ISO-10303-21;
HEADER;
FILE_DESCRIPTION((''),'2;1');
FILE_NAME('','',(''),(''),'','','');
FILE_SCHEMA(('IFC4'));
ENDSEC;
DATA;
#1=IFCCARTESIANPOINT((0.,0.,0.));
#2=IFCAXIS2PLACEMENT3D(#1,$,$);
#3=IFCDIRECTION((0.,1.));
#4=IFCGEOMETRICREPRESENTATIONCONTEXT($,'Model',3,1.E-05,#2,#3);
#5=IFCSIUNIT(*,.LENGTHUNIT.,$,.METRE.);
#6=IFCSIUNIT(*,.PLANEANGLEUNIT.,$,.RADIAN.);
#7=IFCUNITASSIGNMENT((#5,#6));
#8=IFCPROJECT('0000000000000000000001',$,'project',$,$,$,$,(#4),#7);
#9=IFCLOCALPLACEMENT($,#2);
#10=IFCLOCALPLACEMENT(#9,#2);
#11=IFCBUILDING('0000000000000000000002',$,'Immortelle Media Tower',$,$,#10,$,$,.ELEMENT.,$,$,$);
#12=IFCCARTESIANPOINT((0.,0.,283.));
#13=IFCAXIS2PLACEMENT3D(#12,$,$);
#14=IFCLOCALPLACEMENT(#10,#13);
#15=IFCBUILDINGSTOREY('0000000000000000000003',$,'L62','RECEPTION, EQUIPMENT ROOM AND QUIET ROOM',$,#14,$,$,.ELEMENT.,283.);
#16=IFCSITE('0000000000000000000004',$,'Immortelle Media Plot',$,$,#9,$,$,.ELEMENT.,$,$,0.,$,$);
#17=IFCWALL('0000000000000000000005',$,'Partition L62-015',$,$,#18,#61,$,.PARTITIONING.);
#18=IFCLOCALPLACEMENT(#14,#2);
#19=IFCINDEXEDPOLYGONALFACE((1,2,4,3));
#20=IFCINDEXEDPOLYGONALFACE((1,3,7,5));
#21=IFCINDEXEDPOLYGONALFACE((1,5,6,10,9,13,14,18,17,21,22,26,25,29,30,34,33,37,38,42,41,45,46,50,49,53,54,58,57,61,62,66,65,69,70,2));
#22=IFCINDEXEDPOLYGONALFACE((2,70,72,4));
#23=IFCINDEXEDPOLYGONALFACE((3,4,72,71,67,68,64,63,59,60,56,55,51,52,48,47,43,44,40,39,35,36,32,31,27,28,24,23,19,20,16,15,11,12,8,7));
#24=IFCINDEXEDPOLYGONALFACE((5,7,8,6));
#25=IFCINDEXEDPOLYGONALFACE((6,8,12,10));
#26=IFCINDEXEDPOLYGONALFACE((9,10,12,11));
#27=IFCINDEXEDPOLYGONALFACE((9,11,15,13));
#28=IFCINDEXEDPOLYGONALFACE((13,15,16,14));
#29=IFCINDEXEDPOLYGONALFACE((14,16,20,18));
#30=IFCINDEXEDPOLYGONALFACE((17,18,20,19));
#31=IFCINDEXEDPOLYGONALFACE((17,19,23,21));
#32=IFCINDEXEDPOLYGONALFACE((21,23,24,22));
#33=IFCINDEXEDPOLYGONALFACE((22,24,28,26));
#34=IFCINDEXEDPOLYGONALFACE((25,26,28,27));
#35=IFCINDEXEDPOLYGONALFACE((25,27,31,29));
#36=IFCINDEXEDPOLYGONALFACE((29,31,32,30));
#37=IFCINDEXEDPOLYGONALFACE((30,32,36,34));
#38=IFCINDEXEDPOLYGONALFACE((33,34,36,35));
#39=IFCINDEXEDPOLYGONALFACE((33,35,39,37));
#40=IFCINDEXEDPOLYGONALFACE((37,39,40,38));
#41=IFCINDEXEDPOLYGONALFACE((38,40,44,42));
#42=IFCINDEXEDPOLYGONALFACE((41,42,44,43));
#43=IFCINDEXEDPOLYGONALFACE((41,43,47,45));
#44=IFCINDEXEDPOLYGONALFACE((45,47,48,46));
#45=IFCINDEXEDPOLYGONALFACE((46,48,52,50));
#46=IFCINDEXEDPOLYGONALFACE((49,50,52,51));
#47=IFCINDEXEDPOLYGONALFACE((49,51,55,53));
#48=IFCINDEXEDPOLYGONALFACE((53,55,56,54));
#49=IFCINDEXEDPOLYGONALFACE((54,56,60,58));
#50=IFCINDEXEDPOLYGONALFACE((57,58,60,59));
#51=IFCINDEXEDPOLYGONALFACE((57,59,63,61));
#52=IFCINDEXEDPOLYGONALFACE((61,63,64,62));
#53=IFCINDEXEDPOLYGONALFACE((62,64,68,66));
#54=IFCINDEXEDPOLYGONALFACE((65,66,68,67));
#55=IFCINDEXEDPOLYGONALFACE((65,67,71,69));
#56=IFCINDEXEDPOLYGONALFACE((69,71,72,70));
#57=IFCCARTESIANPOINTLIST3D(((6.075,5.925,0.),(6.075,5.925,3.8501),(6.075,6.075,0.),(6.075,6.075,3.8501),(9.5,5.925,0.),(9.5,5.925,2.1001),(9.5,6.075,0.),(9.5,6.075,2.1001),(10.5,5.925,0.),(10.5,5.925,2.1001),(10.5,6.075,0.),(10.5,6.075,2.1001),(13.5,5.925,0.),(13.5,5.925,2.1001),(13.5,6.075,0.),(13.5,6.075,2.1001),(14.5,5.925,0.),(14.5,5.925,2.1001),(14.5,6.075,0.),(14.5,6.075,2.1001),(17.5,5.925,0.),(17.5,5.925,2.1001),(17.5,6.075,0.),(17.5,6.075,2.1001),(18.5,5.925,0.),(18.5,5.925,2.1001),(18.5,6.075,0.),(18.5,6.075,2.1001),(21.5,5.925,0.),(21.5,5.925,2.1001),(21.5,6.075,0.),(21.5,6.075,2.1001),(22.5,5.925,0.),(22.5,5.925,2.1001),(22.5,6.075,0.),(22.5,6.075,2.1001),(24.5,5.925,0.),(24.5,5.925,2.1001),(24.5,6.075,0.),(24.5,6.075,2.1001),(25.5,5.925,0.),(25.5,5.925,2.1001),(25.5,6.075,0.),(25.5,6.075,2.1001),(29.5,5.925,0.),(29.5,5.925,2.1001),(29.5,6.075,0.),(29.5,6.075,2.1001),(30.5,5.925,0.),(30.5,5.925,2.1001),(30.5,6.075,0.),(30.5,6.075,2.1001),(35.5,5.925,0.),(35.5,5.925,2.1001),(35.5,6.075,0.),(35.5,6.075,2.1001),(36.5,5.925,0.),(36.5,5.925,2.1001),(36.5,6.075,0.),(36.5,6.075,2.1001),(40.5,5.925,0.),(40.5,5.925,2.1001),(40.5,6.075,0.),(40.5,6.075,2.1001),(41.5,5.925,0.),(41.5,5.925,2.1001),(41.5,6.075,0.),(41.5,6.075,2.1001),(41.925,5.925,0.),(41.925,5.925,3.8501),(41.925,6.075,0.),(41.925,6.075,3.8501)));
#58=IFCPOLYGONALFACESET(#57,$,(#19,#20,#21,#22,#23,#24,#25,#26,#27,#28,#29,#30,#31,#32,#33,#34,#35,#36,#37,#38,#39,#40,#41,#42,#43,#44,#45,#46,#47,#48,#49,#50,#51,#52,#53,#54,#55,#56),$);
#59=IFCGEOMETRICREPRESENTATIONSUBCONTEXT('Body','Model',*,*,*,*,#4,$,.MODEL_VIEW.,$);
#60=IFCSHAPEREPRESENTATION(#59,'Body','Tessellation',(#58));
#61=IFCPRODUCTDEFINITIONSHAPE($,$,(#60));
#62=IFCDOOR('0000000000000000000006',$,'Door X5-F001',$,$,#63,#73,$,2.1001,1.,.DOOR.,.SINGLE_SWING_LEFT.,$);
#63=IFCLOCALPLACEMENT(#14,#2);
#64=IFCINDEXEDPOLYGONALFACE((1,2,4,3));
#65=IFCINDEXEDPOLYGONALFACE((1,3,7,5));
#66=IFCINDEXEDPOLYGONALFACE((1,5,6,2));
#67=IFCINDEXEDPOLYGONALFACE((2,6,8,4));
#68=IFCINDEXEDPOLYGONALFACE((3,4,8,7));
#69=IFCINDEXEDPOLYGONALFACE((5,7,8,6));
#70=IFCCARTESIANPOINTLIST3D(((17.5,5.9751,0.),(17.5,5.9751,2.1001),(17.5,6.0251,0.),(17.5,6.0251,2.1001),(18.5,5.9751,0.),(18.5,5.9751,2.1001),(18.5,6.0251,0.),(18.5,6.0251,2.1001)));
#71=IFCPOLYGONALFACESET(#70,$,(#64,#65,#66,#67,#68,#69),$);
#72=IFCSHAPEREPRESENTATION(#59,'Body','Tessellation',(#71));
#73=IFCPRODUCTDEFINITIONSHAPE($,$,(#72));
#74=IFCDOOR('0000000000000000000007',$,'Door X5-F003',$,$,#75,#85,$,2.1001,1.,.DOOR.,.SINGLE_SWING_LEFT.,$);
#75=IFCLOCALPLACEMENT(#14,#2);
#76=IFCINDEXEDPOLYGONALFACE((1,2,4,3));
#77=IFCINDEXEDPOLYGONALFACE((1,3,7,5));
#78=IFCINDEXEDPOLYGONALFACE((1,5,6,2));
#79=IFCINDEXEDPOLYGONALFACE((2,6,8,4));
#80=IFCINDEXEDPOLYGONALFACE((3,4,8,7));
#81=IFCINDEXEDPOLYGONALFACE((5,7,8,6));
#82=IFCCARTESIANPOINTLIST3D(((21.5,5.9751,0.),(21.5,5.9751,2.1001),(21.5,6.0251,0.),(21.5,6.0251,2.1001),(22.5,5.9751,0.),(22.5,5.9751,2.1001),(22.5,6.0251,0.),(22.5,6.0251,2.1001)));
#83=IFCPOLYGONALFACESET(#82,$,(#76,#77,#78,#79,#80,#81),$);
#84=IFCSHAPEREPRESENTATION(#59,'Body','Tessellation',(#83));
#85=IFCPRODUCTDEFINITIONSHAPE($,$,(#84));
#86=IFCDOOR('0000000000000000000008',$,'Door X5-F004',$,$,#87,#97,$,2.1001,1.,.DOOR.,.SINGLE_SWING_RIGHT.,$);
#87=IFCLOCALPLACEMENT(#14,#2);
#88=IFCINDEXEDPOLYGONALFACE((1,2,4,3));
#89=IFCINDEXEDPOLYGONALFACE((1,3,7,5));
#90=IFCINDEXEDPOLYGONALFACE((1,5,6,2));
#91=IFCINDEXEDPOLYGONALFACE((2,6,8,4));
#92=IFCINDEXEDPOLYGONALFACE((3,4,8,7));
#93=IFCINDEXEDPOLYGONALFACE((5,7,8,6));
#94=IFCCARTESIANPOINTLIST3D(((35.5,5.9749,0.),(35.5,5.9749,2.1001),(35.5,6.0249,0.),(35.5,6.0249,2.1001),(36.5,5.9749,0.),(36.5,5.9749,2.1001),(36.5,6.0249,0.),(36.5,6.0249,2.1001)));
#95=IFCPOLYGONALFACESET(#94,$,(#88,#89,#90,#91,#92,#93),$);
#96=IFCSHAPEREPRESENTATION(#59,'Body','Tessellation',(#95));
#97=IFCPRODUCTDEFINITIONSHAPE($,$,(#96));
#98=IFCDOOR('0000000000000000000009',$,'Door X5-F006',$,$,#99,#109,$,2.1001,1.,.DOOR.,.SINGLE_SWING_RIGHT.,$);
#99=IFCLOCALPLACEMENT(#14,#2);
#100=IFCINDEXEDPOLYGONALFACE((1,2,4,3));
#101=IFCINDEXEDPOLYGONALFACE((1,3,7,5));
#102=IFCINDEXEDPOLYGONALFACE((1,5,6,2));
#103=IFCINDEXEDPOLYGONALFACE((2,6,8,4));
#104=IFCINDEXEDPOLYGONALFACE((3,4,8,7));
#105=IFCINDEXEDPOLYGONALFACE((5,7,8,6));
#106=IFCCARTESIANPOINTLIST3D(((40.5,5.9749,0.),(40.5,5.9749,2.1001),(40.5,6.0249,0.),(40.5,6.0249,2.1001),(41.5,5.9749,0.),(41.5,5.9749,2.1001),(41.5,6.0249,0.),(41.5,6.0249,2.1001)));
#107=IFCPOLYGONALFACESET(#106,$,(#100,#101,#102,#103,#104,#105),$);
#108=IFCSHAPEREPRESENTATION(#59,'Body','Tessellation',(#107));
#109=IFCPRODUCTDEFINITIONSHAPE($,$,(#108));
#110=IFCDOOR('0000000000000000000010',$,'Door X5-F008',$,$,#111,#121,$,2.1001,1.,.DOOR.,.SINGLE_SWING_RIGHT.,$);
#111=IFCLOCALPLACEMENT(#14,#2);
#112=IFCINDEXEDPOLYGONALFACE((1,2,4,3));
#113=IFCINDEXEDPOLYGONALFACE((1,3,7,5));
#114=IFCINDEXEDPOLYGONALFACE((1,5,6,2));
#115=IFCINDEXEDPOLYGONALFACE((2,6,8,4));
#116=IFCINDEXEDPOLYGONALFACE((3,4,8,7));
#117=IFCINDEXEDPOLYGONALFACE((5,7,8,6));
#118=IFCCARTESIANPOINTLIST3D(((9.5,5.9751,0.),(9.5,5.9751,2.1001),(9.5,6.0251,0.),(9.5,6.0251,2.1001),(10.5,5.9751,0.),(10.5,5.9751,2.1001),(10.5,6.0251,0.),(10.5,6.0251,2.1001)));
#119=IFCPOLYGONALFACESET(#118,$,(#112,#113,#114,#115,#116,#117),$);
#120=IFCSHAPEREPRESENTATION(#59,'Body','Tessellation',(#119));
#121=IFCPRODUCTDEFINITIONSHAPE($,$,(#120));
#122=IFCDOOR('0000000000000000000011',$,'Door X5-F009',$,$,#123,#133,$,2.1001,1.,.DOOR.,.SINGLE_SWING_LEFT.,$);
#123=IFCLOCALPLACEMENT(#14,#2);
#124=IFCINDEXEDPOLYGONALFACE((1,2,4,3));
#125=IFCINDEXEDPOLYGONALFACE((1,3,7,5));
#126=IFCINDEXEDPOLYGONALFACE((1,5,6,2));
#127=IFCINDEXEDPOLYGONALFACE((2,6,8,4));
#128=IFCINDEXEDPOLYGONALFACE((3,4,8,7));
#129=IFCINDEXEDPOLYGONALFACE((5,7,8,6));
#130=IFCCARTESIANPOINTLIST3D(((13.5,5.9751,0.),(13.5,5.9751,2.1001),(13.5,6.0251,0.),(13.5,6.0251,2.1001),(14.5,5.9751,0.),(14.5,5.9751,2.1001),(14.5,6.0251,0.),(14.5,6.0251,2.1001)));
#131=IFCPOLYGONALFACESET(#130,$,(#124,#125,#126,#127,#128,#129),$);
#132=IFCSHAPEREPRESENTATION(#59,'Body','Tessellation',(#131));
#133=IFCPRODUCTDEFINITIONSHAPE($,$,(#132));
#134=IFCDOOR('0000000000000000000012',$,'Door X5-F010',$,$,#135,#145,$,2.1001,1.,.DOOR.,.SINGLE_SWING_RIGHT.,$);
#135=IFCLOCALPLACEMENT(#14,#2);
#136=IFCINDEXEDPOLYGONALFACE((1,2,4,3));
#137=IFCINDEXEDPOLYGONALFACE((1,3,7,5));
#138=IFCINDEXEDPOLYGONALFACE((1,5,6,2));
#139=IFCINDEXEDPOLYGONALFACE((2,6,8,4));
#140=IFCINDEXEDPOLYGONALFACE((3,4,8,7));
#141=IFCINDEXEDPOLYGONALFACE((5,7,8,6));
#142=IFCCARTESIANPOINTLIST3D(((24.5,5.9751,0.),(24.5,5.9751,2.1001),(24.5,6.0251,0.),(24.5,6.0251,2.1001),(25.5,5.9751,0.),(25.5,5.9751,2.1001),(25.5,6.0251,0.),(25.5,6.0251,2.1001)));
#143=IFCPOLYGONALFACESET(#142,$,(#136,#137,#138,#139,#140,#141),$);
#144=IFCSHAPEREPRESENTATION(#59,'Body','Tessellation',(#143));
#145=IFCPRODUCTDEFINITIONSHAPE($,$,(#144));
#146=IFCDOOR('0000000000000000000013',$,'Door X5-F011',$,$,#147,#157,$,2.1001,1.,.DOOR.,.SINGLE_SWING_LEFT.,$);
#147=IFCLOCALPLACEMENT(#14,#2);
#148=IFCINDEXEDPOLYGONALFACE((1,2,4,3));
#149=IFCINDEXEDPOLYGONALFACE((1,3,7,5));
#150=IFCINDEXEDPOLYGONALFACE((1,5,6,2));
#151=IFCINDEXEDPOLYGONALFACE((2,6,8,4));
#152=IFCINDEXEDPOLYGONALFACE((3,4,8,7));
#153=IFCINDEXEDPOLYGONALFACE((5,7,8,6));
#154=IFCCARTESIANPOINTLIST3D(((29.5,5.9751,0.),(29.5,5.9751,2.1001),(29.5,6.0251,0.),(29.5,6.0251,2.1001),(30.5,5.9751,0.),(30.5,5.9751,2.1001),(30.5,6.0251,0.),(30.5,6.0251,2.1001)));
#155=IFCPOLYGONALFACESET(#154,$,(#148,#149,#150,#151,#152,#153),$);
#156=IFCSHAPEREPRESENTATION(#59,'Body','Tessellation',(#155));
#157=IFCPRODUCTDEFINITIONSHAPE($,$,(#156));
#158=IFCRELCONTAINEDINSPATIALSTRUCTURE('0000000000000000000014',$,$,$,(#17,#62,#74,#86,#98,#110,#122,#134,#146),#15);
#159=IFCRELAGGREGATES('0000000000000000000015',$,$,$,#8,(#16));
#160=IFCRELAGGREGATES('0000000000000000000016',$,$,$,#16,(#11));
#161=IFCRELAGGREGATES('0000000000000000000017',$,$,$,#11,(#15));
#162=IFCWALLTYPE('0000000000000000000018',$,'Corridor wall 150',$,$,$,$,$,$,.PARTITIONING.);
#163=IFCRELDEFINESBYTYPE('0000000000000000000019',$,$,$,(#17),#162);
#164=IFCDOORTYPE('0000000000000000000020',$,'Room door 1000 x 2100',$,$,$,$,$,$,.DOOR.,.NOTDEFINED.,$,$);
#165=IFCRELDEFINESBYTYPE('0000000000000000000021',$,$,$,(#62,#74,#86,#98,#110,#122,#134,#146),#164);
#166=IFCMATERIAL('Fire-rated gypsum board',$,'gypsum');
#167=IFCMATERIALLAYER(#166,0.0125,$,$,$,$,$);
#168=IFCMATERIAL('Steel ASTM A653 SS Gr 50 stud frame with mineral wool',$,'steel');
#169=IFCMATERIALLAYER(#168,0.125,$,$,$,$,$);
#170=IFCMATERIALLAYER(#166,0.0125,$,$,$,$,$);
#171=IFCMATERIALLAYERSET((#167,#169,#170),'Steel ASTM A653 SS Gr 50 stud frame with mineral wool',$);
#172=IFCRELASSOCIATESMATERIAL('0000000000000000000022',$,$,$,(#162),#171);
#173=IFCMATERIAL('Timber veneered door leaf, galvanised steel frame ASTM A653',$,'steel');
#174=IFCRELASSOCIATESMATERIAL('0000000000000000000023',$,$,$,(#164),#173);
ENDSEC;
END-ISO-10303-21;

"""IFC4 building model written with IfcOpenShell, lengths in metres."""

from ifc_helpers import new_model, si_unit, direction, frame, frame_2d, origin, place, context, subcontext, project, spatial, rectangle, extrude, material, layer, layer_set, type_object, element, fill, save


model = new_model("IFC4")

# Units and contexts
model_context = context("Model", 3, precision=1e-05, world=origin(), true_north=direction((0.0, 1.0)))
body_context = subcontext(model_context, "Body", "Model", "MODEL_VIEW")
ifc_project = project(units=[si_unit("LENGTHUNIT", "METRE"), si_unit("PLANEANGLEUNIT", "RADIAN")], contexts=[model_context])

# Site, building, storey
site_placement = place(None, origin())
site = spatial("IfcSite", under=ifc_project, at=site_placement, Name="Immortelle Media Plot", CompositionType="ELEMENT", RefElevation=0.0)
building_placement = place(site_placement, origin())
building = spatial("IfcBuilding", under=site, at=building_placement, Name="Immortelle Media Tower", CompositionType="ELEMENT")
storey_placement = place(building_placement, frame((0.0, 0.0, 283.0)))
storey = spatial("IfcBuildingStorey", under=building, at=storey_placement, Name="L62", Description="RECEPTION, EQUIPMENT ROOM AND QUIET ROOM", CompositionType="ELEMENT", Elevation=283.0)

# Wall, openings, doors
ifc_material_1 = material(Name="Fire-rated gypsum board", Category="gypsum")
ifc_layer_1 = layer(ifc_material_1, 0.0125)
ifc_material_2 = material(Name="Steel ASTM A653 SS Gr 50 stud frame with mineral wool", Category="steel")
ifc_layer_2 = layer(ifc_material_2, 0.125)
ifc_layer_3 = layer(ifc_material_1, 0.0125)
ifc_layer_set_1 = layer_set([ifc_layer_1, ifc_layer_2, ifc_layer_3], Name="Steel ASTM A653 SS Gr 50 stud frame with mineral wool")
wall_type_1 = type_object("IfcWallType", Name="Corridor wall 150", PredefinedType="PARTITIONING", material=ifc_layer_set_1)
wall_1_placement = place(storey_placement, frame((6.075, 6.0, 0.0), z_axis=(0.0, 0.0, 1.0), x_axis=(1.0, 0.0, 0.0)))
wall_1 = element("IfcWall", 1, at=wall_1_placement, inside=storey, type_object=wall_type_1, Name="Partition L62-015", PredefinedType="PARTITIONING", context=body_context, shape_type="SweptSolid", body=[
    extrude(rectangle(XDim=35.8501, YDim=0.1499, at=frame_2d((17.925, 0.0))), origin(), (0.0, 0.0, 1.0), 3.8501),
])
opening_1_placement = place(wall_1_placement, frame((12.425, 0.0, 0.0), z_axis=(0.0, 0.0, 1.0), x_axis=(-1.0, 0.0, 0.0)))
opening_1 = element("IfcOpeningElement", 2, at=opening_1_placement, cuts=wall_1, PredefinedType="OPENING", context=body_context, shape_type="SweptSolid", body=[
    extrude(rectangle(XDim=1.0, YDim=2.1001, at=frame_2d((0.5, 1.05))), frame((0.0, 0.085, 0.0), z_axis=(0.0, -1.0, 0.0), x_axis=(1.0, 0.0, 0.0)), (0.0, 0.0, 1.0), 0.1699),
])
opening_2_placement = place(wall_1_placement, frame((16.425, 0.0, 0.0), z_axis=(0.0, 0.0, 1.0), x_axis=(-1.0, 0.0, 0.0)))
opening_2 = element("IfcOpeningElement", 3, at=opening_2_placement, cuts=wall_1, PredefinedType="OPENING", context=body_context, shape_type="SweptSolid", body=[
    extrude(rectangle(XDim=1.0, YDim=2.1001, at=frame_2d((0.5, 1.05))), frame((0.0, 0.085, 0.0), z_axis=(0.0, -1.0, 0.0), x_axis=(1.0, 0.0, 0.0)), (0.0, 0.0, 1.0), 0.1699),
])
opening_3_placement = place(wall_1_placement, frame((29.425, 0.0, 0.0)))
opening_3 = element("IfcOpeningElement", 4, at=opening_3_placement, cuts=wall_1, PredefinedType="OPENING", context=body_context, shape_type="SweptSolid", body=[
    extrude(rectangle(XDim=1.0, YDim=2.1001, at=frame_2d((0.5, 1.05))), frame((0.0, 0.085, 0.0), z_axis=(0.0, -1.0, 0.0), x_axis=(1.0, 0.0, 0.0)), (0.0, 0.0, 1.0), 0.1699),
])
opening_4_placement = place(wall_1_placement, frame((34.425, 0.0, 0.0)))
opening_4 = element("IfcOpeningElement", 5, at=opening_4_placement, cuts=wall_1, PredefinedType="OPENING", context=body_context, shape_type="SweptSolid", body=[
    extrude(rectangle(XDim=1.0, YDim=2.1001, at=frame_2d((0.5, 1.05))), frame((0.0, 0.085, 0.0), z_axis=(0.0, -1.0, 0.0), x_axis=(1.0, 0.0, 0.0)), (0.0, 0.0, 1.0), 0.1699),
])
opening_5_placement = place(wall_1_placement, frame((4.425, 0.0, 0.0), z_axis=(0.0, 0.0, 1.0), x_axis=(-1.0, 0.0, 0.0)))
opening_5 = element("IfcOpeningElement", 6, at=opening_5_placement, cuts=wall_1, PredefinedType="OPENING", context=body_context, shape_type="SweptSolid", body=[
    extrude(rectangle(XDim=1.0, YDim=2.1001, at=frame_2d((0.5, 1.05))), frame((0.0, 0.085, 0.0), z_axis=(0.0, -1.0, 0.0), x_axis=(1.0, 0.0, 0.0)), (0.0, 0.0, 1.0), 0.1699),
])
opening_6_placement = place(wall_1_placement, frame((8.425, 0.0, 0.0), z_axis=(0.0, 0.0, 1.0), x_axis=(-1.0, 0.0, 0.0)))
opening_6 = element("IfcOpeningElement", 7, at=opening_6_placement, cuts=wall_1, PredefinedType="OPENING", context=body_context, shape_type="SweptSolid", body=[
    extrude(rectangle(XDim=1.0, YDim=2.1001, at=frame_2d((0.5, 1.05))), frame((0.0, 0.085, 0.0), z_axis=(0.0, -1.0, 0.0), x_axis=(1.0, 0.0, 0.0)), (0.0, 0.0, 1.0), 0.1699),
])
opening_7_placement = place(wall_1_placement, frame((19.425, 0.0, 0.0), z_axis=(0.0, 0.0, 1.0), x_axis=(-1.0, 0.0, 0.0)))
opening_7 = element("IfcOpeningElement", 8, at=opening_7_placement, cuts=wall_1, PredefinedType="OPENING", context=body_context, shape_type="SweptSolid", body=[
    extrude(rectangle(XDim=1.0, YDim=2.1001, at=frame_2d((0.5, 1.05))), frame((0.0, 0.085, 0.0), z_axis=(0.0, -1.0, 0.0), x_axis=(1.0, 0.0, 0.0)), (0.0, 0.0, 1.0), 0.1699),
])
opening_8_placement = place(wall_1_placement, frame((24.425, 0.0, 0.0), z_axis=(0.0, 0.0, 1.0), x_axis=(-1.0, 0.0, 0.0)))
opening_8 = element("IfcOpeningElement", 9, at=opening_8_placement, cuts=wall_1, PredefinedType="OPENING", context=body_context, shape_type="SweptSolid", body=[
    extrude(rectangle(XDim=1.0, YDim=2.1001, at=frame_2d((0.5, 1.05))), frame((0.0, 0.085, 0.0), z_axis=(0.0, -1.0, 0.0), x_axis=(1.0, 0.0, 0.0)), (0.0, 0.0, 1.0), 0.1699),
])
ifc_material_3 = material(Name="Timber veneered door leaf, galvanised steel frame ASTM A653", Category="steel")
door_type = type_object("IfcDoorType", Name="Room door 1000 x 2100", OperationType="NOTDEFINED", PredefinedType="DOOR", material=ifc_material_3)
door_1_placement = place(opening_1_placement, origin())
door_1 = element("IfcDoor", 10, at=door_1_placement, inside=storey, type_object=door_type, Name="Door X5-F001", OperationType="SINGLE_SWING_LEFT", OverallHeight=2.1001, OverallWidth=1.0, PredefinedType="DOOR", context=body_context, shape_type="SweptSolid", body=[
    extrude(rectangle(XDim=1.0, YDim=2.1001, at=frame_2d((0.5, 1.05))), frame((0.0, 0.0249, 0.0), z_axis=(0.0, -1.0, 0.0), x_axis=(1.0, 0.0, 0.0)), (0.0, 0.0, 1.0), 0.05),
])
fill(opening_1, door_1)
door_2_placement = place(opening_2_placement, origin())
door_2 = element("IfcDoor", 11, at=door_2_placement, inside=storey, type_object=door_type, Name="Door X5-F003", OperationType="SINGLE_SWING_LEFT", OverallHeight=2.1001, OverallWidth=1.0, PredefinedType="DOOR", context=body_context, shape_type="SweptSolid", body=[
    extrude(rectangle(XDim=1.0, YDim=2.1001, at=frame_2d((0.5, 1.05))), frame((0.0, 0.0249, 0.0), z_axis=(0.0, -1.0, 0.0), x_axis=(1.0, 0.0, 0.0)), (0.0, 0.0, 1.0), 0.05),
])
fill(opening_2, door_2)
door_3_placement = place(opening_3_placement, origin())
door_3 = element("IfcDoor", 12, at=door_3_placement, inside=storey, type_object=door_type, Name="Door X5-F004", OperationType="SINGLE_SWING_RIGHT", OverallHeight=2.1001, OverallWidth=1.0, PredefinedType="DOOR", context=body_context, shape_type="SweptSolid", body=[
    extrude(rectangle(XDim=1.0, YDim=2.1001, at=frame_2d((0.5, 1.05))), frame((0.0, 0.0249, 0.0), z_axis=(0.0, -1.0, 0.0), x_axis=(1.0, 0.0, 0.0)), (0.0, 0.0, 1.0), 0.05),
])
fill(opening_3, door_3)
door_4_placement = place(opening_4_placement, origin())
door_4 = element("IfcDoor", 13, at=door_4_placement, inside=storey, type_object=door_type, Name="Door X5-F006", OperationType="SINGLE_SWING_RIGHT", OverallHeight=2.1001, OverallWidth=1.0, PredefinedType="DOOR", context=body_context, shape_type="SweptSolid", body=[
    extrude(rectangle(XDim=1.0, YDim=2.1001, at=frame_2d((0.5, 1.05))), frame((0.0, 0.0249, 0.0), z_axis=(0.0, -1.0, 0.0), x_axis=(1.0, 0.0, 0.0)), (0.0, 0.0, 1.0), 0.05),
])
fill(opening_4, door_4)
door_5_placement = place(opening_5_placement, origin())
door_5 = element("IfcDoor", 14, at=door_5_placement, inside=storey, type_object=door_type, Name="Door X5-F008", OperationType="SINGLE_SWING_RIGHT", OverallHeight=2.1001, OverallWidth=1.0, PredefinedType="DOOR", context=body_context, shape_type="SweptSolid", body=[
    extrude(rectangle(XDim=1.0, YDim=2.1001, at=frame_2d((0.5, 1.05))), frame((0.0, 0.0249, 0.0), z_axis=(0.0, -1.0, 0.0), x_axis=(1.0, 0.0, 0.0)), (0.0, 0.0, 1.0), 0.05),
])
fill(opening_5, door_5)
door_6_placement = place(opening_6_placement, origin())
door_6 = element("IfcDoor", 15, at=door_6_placement, inside=storey, type_object=door_type, Name="Door X5-F009", OperationType="SINGLE_SWING_LEFT", OverallHeight=2.1001, OverallWidth=1.0, PredefinedType="DOOR", context=body_context, shape_type="SweptSolid", body=[
    extrude(rectangle(XDim=1.0, YDim=2.1001, at=frame_2d((0.5, 1.05))), frame((0.0, 0.0249, 0.0), z_axis=(0.0, -1.0, 0.0), x_axis=(1.0, 0.0, 0.0)), (0.0, 0.0, 1.0), 0.05),
])
fill(opening_6, door_6)
door_7_placement = place(opening_7_placement, origin())
door_7 = element("IfcDoor", 16, at=door_7_placement, inside=storey, type_object=door_type, Name="Door X5-F010", OperationType="SINGLE_SWING_RIGHT", OverallHeight=2.1001, OverallWidth=1.0, PredefinedType="DOOR", context=body_context, shape_type="SweptSolid", body=[
    extrude(rectangle(XDim=1.0, YDim=2.1001, at=frame_2d((0.5, 1.05))), frame((0.0, 0.0249, 0.0), z_axis=(0.0, -1.0, 0.0), x_axis=(1.0, 0.0, 0.0)), (0.0, 0.0, 1.0), 0.05),
])
fill(opening_7, door_7)
door_8_placement = place(opening_8_placement, origin())
door_8 = element("IfcDoor", 17, at=door_8_placement, inside=storey, type_object=door_type, Name="Door X5-F011", OperationType="SINGLE_SWING_LEFT", OverallHeight=2.1001, OverallWidth=1.0, PredefinedType="DOOR", context=body_context, shape_type="SweptSolid", body=[
    extrude(rectangle(XDim=1.0, YDim=2.1001, at=frame_2d((0.5, 1.05))), frame((0.0, 0.0249, 0.0), z_axis=(0.0, -1.0, 0.0), x_axis=(1.0, 0.0, 0.0)), (0.0, 0.0, 1.0), 0.05),
])
fill(opening_8, door_8)

save(model, "model.ifc")
